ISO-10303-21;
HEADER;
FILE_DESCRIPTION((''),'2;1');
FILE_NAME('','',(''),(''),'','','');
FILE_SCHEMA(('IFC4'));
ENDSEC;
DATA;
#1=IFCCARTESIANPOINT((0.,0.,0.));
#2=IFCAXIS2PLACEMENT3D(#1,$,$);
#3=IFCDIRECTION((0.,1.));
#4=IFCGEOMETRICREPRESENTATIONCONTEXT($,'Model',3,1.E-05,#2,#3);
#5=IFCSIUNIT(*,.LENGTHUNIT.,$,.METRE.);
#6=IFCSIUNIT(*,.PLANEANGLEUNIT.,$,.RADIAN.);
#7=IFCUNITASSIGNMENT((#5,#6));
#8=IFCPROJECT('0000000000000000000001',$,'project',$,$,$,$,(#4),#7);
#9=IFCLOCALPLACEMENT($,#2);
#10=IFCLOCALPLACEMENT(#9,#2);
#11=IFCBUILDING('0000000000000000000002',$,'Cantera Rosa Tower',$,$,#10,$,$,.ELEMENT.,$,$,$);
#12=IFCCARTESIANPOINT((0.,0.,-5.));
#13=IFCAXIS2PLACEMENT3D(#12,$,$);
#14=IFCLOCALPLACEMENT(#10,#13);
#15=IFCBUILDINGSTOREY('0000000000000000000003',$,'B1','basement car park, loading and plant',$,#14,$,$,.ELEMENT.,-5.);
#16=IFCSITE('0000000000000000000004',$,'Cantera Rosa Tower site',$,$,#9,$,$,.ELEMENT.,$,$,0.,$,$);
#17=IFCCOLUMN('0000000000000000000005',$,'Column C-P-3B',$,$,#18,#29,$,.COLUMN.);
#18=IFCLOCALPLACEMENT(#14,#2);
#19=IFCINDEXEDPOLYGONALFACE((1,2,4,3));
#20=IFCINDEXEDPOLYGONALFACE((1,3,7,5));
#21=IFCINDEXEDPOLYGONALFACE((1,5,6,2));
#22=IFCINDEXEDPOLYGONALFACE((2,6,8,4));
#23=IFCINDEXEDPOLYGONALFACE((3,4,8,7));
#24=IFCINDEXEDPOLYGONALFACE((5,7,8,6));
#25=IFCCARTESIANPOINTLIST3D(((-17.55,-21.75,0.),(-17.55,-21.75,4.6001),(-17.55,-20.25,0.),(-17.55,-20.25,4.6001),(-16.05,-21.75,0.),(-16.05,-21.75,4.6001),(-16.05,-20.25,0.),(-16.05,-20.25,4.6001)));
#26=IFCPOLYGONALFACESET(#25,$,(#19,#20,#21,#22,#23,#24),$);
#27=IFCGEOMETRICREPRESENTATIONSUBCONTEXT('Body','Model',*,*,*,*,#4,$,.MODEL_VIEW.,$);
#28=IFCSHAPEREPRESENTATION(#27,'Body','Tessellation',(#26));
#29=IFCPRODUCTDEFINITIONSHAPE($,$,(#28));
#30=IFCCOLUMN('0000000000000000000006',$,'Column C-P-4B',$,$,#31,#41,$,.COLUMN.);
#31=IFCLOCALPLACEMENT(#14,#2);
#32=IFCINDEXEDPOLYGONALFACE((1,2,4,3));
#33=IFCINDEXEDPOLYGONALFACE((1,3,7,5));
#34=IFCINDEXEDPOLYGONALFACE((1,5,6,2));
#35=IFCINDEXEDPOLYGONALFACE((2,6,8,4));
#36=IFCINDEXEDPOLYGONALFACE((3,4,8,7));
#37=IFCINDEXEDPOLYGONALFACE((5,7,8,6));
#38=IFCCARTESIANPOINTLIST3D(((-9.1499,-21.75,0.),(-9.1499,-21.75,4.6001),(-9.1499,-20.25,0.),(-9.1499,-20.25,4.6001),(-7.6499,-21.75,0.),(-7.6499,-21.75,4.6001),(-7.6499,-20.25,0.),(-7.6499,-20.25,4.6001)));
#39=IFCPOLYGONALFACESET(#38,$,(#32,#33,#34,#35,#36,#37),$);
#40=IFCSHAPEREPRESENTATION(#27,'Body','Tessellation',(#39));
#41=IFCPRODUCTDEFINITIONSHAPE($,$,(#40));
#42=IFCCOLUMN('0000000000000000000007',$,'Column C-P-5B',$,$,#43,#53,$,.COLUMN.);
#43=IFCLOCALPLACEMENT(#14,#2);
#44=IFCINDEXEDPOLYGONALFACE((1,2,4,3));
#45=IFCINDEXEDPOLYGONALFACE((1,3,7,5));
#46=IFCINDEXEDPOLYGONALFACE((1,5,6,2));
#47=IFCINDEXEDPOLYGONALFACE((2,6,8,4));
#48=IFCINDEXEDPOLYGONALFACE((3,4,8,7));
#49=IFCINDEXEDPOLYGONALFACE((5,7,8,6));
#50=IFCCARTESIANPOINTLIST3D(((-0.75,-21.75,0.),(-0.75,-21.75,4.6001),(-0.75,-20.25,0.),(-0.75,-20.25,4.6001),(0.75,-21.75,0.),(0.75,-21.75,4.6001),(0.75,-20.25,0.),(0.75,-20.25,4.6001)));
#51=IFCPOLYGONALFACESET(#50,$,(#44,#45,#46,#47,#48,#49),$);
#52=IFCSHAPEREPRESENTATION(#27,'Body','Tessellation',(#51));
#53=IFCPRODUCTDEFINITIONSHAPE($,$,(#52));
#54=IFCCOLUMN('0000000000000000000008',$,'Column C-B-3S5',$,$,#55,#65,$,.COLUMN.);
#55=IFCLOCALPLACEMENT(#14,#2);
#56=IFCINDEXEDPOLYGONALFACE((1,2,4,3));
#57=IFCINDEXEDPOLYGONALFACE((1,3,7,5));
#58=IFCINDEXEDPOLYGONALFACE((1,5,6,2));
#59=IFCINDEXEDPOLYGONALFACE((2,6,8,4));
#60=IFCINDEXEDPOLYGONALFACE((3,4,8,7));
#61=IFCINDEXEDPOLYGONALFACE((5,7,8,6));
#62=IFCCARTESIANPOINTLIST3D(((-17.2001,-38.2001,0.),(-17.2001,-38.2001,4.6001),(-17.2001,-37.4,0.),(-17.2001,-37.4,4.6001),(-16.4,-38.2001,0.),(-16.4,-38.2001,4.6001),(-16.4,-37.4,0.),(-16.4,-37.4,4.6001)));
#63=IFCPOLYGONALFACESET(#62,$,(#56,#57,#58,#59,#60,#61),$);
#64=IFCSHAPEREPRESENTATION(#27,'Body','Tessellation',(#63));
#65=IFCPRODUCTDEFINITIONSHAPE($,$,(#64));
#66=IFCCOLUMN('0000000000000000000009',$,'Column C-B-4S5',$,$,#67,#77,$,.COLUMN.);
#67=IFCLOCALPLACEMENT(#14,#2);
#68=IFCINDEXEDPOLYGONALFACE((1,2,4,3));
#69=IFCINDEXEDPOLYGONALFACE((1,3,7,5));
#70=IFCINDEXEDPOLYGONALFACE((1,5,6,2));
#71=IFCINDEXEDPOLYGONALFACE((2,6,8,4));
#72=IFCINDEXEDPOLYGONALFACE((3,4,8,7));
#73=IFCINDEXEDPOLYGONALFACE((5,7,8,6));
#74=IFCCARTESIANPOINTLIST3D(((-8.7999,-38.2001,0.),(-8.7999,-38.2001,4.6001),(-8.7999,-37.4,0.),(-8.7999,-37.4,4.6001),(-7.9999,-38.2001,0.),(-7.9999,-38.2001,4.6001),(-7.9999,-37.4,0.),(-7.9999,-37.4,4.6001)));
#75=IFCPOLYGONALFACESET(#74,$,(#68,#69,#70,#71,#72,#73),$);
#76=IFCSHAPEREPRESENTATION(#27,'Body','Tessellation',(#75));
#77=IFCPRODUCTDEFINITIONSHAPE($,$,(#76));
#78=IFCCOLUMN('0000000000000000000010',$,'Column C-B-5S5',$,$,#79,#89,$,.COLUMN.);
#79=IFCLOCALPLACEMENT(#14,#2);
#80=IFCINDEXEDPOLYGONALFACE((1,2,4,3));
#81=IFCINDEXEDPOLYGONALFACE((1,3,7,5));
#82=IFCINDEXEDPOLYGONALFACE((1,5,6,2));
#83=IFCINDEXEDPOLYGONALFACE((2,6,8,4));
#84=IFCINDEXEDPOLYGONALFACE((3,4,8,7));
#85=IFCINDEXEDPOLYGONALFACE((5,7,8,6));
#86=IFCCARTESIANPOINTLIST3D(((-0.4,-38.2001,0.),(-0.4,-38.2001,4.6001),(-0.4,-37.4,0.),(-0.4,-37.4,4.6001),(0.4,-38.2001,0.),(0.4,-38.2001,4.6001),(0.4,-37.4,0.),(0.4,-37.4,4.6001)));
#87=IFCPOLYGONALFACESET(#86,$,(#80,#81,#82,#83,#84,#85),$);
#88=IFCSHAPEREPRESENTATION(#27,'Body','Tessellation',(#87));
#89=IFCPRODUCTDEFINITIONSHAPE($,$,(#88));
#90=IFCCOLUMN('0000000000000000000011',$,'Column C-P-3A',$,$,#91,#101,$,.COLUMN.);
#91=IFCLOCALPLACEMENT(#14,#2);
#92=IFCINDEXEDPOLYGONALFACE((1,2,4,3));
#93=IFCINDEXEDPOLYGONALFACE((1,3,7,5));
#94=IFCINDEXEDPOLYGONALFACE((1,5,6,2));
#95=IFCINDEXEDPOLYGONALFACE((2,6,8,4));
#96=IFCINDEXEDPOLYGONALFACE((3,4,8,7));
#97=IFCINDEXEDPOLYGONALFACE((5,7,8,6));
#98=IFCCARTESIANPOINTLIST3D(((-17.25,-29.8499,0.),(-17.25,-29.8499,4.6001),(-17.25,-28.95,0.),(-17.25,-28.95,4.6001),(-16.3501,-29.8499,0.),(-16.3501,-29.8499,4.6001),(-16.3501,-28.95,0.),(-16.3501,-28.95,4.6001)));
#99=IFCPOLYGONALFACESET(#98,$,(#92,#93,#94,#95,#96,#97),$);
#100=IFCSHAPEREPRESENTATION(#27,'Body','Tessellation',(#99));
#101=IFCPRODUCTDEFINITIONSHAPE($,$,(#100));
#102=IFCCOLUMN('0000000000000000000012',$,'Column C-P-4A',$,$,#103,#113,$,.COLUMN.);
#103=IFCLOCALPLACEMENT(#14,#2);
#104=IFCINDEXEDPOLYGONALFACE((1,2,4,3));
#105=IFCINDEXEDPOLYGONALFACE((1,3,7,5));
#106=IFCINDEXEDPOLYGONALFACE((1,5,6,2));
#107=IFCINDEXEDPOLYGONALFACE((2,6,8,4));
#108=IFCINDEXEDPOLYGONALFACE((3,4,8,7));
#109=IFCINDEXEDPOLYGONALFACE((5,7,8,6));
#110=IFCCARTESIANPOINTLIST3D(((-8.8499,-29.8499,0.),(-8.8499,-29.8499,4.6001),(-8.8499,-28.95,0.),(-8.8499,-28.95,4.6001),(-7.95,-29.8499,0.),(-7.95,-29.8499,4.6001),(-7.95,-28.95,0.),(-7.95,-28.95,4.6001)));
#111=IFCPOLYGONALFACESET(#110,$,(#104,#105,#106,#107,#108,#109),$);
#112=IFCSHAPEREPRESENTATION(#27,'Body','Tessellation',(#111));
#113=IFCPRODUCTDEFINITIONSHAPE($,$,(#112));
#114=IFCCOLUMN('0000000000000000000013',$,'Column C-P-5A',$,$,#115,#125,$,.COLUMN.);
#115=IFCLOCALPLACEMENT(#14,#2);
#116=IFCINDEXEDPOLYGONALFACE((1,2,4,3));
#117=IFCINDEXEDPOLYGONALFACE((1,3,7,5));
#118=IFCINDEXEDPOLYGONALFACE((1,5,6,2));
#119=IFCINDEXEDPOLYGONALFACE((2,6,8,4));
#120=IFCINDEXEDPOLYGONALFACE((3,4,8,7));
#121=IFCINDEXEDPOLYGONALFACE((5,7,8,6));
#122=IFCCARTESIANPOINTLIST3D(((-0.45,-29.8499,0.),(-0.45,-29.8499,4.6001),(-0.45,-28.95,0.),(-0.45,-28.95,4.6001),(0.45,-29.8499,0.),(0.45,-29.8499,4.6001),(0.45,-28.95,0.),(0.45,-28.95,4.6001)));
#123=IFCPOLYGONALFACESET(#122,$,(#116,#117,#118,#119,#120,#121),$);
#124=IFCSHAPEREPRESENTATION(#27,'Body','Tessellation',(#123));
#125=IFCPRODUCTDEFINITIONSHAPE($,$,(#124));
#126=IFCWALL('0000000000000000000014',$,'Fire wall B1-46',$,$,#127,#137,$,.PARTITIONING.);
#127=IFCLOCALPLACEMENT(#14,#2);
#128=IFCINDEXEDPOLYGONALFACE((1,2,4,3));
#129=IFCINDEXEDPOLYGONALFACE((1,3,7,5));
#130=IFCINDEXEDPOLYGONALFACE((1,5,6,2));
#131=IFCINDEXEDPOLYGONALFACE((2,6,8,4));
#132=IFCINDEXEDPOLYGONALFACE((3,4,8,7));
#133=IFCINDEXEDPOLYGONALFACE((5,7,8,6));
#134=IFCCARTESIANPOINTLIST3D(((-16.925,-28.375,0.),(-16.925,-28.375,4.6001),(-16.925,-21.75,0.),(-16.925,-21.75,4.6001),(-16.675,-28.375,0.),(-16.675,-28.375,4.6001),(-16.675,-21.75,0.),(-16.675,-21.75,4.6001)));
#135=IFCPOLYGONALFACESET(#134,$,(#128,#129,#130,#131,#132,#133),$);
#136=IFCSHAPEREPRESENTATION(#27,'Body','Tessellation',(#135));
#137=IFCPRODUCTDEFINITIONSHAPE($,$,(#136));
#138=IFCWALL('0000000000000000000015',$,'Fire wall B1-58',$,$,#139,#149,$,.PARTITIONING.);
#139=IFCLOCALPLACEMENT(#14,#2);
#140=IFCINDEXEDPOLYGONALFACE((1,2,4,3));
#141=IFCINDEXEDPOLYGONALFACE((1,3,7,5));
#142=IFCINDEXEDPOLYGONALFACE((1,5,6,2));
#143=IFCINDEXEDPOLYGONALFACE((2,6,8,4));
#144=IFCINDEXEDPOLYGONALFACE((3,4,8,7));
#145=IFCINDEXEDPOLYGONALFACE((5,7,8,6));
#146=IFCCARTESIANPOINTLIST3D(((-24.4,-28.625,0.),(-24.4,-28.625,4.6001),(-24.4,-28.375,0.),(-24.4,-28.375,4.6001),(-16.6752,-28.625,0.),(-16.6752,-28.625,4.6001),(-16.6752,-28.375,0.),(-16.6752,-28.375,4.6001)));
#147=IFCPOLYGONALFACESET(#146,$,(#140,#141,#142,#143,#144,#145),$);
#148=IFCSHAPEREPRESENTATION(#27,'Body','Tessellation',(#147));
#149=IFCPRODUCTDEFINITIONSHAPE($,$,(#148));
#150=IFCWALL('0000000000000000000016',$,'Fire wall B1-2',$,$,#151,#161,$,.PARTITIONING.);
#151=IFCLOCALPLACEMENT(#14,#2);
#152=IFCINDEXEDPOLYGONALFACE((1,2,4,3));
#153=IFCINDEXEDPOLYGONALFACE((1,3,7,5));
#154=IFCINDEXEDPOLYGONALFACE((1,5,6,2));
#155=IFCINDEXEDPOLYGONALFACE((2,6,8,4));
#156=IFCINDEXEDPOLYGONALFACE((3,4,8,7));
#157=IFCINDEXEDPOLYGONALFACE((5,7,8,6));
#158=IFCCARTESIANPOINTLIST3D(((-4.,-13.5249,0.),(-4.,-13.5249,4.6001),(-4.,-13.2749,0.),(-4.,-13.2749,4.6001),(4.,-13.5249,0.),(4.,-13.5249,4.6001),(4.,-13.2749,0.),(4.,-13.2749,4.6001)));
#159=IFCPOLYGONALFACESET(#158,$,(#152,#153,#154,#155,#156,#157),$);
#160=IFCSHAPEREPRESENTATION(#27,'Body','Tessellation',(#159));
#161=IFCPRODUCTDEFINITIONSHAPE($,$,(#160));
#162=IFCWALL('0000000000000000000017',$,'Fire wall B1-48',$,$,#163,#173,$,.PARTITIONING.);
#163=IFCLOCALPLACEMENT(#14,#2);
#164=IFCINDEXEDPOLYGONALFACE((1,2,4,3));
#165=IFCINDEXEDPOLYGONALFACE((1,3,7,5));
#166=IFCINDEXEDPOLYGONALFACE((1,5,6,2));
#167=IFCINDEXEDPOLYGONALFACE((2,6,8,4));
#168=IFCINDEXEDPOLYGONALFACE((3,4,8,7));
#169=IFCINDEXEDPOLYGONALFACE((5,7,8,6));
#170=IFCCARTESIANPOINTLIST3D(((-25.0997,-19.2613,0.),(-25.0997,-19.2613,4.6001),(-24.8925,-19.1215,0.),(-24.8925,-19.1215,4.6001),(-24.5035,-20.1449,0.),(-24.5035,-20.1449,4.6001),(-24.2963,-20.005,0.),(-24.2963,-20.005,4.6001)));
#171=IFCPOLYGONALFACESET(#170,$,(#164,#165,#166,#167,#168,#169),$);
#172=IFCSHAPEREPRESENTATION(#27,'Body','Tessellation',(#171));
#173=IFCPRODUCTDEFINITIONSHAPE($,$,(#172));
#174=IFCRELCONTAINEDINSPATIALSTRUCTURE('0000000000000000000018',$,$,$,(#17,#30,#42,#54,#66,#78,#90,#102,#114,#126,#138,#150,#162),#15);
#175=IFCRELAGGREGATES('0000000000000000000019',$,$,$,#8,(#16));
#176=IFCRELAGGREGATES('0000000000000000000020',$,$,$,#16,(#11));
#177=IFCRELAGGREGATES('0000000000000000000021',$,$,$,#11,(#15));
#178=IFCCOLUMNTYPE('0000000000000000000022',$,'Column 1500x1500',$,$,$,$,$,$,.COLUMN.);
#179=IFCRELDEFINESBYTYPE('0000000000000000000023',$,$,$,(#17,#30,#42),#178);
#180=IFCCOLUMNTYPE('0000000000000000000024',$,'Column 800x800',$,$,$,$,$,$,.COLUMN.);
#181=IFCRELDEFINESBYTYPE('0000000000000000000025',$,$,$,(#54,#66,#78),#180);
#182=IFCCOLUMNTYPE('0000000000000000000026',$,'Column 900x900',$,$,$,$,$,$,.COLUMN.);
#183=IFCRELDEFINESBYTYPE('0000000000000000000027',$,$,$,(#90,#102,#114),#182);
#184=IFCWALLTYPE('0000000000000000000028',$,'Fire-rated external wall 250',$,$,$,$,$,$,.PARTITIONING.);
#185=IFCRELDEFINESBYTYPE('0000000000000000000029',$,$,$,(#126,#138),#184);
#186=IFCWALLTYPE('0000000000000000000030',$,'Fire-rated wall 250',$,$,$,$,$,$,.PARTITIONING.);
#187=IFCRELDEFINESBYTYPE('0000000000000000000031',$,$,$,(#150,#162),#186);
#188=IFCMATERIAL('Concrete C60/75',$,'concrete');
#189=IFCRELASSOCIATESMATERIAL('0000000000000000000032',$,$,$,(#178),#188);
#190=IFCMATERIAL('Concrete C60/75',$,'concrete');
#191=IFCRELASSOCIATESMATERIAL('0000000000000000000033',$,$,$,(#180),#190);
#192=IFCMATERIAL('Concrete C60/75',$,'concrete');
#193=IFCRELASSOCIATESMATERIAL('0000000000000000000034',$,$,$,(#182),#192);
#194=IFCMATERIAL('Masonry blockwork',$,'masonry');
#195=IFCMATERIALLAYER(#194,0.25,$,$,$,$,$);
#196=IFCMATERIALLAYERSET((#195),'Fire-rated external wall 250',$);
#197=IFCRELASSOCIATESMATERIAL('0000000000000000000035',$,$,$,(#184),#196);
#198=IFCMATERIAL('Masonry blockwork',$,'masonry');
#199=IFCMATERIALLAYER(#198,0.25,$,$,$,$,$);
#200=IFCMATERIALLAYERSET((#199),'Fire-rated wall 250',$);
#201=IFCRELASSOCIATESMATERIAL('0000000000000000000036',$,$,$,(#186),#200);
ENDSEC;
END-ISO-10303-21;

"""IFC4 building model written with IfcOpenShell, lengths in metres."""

from ifc_helpers import new_model, si_unit, direction, frame, frame_2d, origin, origin_2d, place, context, subcontext, project, spatial, rectangle, extrude, material, layer, layer_set, material_profile, profile_set, type_object, element, save


model = new_model("IFC4")

# Units and contexts
model_context = context("Model", 3, precision=1e-05, world=origin(), true_north=direction((0.0, 1.0)))
body_context = subcontext(model_context, "Body", "Model", "MODEL_VIEW")
ifc_project = project(units=[si_unit("LENGTHUNIT", "METRE"), si_unit("PLANEANGLEUNIT", "RADIAN")], contexts=[model_context])

# Site, building, storey
site_placement = place(None, origin())
site = spatial("IfcSite", under=ifc_project, at=site_placement, Name="Cantera Rosa Tower site", CompositionType="ELEMENT", RefElevation=0.0)
building_placement = place(site_placement, origin())
building = spatial("IfcBuilding", under=site, at=building_placement, Name="Cantera Rosa Tower", CompositionType="ELEMENT")
storey_placement = place(building_placement, frame((0.0, 0.0, -5.0)))
storey = spatial("IfcBuildingStorey", under=building, at=storey_placement, Name="B1", Description="basement car park, loading and plant", CompositionType="ELEMENT", Elevation=-5.0)

# Columns
ifc_material_1 = material(Name="Concrete C60/75", Category="concrete")
ifc_material_profile_1 = material_profile(ifc_material_1, rectangle(XDim=1.5, YDim=1.5, at=origin_2d()), Name="Column 1500x1500")
ifc_profile_set_1 = profile_set([ifc_material_profile_1], Name="Concrete C60/75")
column_type_1 = type_object("IfcColumnType", Name="Column 1500x1500", PredefinedType="COLUMN", material=ifc_profile_set_1)
for number, where, z_axis, x_axis, name in (
    (1, (-16.8, -21.0, 0.0), (0.0, 0.0, 1.0), (1.0, 0.0, 0.0), "Column C-P-3B"),
    (2, (-8.3999, -21.0, 0.0), (0.0, 0.0, 1.0), (1.0, 0.0, 0.0), "Column C-P-4B"),
    (3, (0.0, -21.0, 0.0), (0.0, 0.0, 1.0), (1.0, 0.0, 0.0), "Column C-P-5B"),
):
    element("IfcColumn", number, at=place(storey_placement, frame(where, z_axis=z_axis, x_axis=x_axis)), inside=storey, type_object=column_type_1, Name=name, PredefinedType="COLUMN", context=body_context, shape_type="SweptSolid", body=[
        extrude(rectangle(XDim=1.5, YDim=1.5, at=origin_2d()), origin(), (0.0, 0.0, 1.0), 4.6001),
    ])
ifc_material_2 = material(Name="Concrete C60/75", Category="concrete")
ifc_material_profile_2 = material_profile(ifc_material_2, rectangle(XDim=0.8, YDim=0.8, at=origin_2d()), Name="Column 800x800")
ifc_profile_set_2 = profile_set([ifc_material_profile_2], Name="Concrete C60/75")
column_type_2 = type_object("IfcColumnType", Name="Column 800x800", PredefinedType="COLUMN", material=ifc_profile_set_2)
for number, where, z_axis, x_axis, name in (
    (4, (-16.8, -37.8, 0.0), (0.0, 0.0, 1.0), (1.0, 0.0, 0.0), "Column C-B-3S5"),
    (5, (-8.3999, -37.8, 0.0), (0.0, 0.0, 1.0), (1.0, 0.0, 0.0), "Column C-B-4S5"),
    (6, (0.0, -37.8, 0.0), (0.0, 0.0, 1.0), (1.0, 0.0, 0.0), "Column C-B-5S5"),
):
    element("IfcColumn", number, at=place(storey_placement, frame(where, z_axis=z_axis, x_axis=x_axis)), inside=storey, type_object=column_type_2, Name=name, PredefinedType="COLUMN", context=body_context, shape_type="SweptSolid", body=[
        extrude(rectangle(XDim=0.8, YDim=0.8, at=origin_2d()), origin(), (0.0, 0.0, 1.0), 4.6001),
    ])
ifc_material_3 = material(Name="Concrete C60/75", Category="concrete")
ifc_material_profile_3 = material_profile(ifc_material_3, rectangle(XDim=0.8999, YDim=0.8999, at=origin_2d()), Name="Column 900x900")
ifc_profile_set_3 = profile_set([ifc_material_profile_3], Name="Concrete C60/75")
column_type_3 = type_object("IfcColumnType", Name="Column 900x900", PredefinedType="COLUMN", material=ifc_profile_set_3)
for number, where, z_axis, x_axis, name in (
    (7, (-16.8, -29.3999, 0.0), (0.0, 0.0, 1.0), (1.0, 0.0, 0.0), "Column C-P-3A"),
    (8, (-8.3999, -29.3999, 0.0), (0.0, 0.0, 1.0), (1.0, 0.0, 0.0), "Column C-P-4A"),
    (9, (0.0, -29.3999, 0.0), (0.0, 0.0, 1.0), (1.0, 0.0, 0.0), "Column C-P-5A"),
):
    element("IfcColumn", number, at=place(storey_placement, frame(where, z_axis=z_axis, x_axis=x_axis)), inside=storey, type_object=column_type_3, Name=name, PredefinedType="COLUMN", context=body_context, shape_type="SweptSolid", body=[
        extrude(rectangle(XDim=0.8999, YDim=0.8999, at=origin_2d()), origin(), (0.0, 0.0, 1.0), 4.6001),
    ])

# Walls
ifc_material_4 = material(Name="Masonry blockwork", Category="masonry")
ifc_layer_1 = layer(ifc_material_4, 0.25)
ifc_layer_set_1 = layer_set([ifc_layer_1], Name="Fire-rated external wall 250")
wall_type_1 = type_object("IfcWallType", Name="Fire-rated external wall 250", PredefinedType="PARTITIONING", material=ifc_layer_set_1)
wall_1_placement = place(storey_placement, frame((-16.8, -28.375, 0.0), z_axis=(0.0, 0.0, 1.0), x_axis=(0.0, 1.0, 0.0)))
element("IfcWall", 10, at=wall_1_placement, inside=storey, type_object=wall_type_1, Name="Fire wall B1-46", PredefinedType="PARTITIONING", context=body_context, shape_type="SweptSolid", body=[
    extrude(rectangle(XDim=6.625, YDim=0.25, at=frame_2d((3.3125, 0.0))), origin(), (0.0, 0.0, 1.0), 4.6001),
])
wall_2_placement = place(storey_placement, frame((-24.3999, -28.5, 0.0), z_axis=(0.0, 0.0, 1.0), x_axis=(1.0, 0.0, 0.0)))
element("IfcWall", 11, at=wall_2_placement, inside=storey, type_object=wall_type_1, Name="Fire wall B1-58", PredefinedType="PARTITIONING", context=body_context, shape_type="SweptSolid", body=[
    extrude(rectangle(XDim=7.7249, YDim=0.25, at=frame_2d((3.8623, 0.0))), origin(), (0.0, 0.0, 1.0), 4.6001),
])
ifc_material_5 = material(Name="Masonry blockwork", Category="masonry")
ifc_layer_2 = layer(ifc_material_5, 0.25)
ifc_layer_set_2 = layer_set([ifc_layer_2], Name="Fire-rated wall 250")
wall_type_2 = type_object("IfcWallType", Name="Fire-rated wall 250", PredefinedType="PARTITIONING", material=ifc_layer_set_2)
wall_3_placement = place(storey_placement, frame((-4.0, -13.3999, 0.0), z_axis=(0.0, 0.0, 1.0), x_axis=(1.0, 0.0, 0.0)))
element("IfcWall", 12, at=wall_3_placement, inside=storey, type_object=wall_type_2, Name="Fire wall B1-2", PredefinedType="PARTITIONING", context=body_context, shape_type="SweptSolid", body=[
    extrude(rectangle(XDim=8.0, YDim=0.25, at=frame_2d((4.0, 0.0))), origin(), (0.0, 0.0, 1.0), 4.6001),
])
wall_4_placement = place(storey_placement, frame((-24.3999, -20.075, 0.0), z_axis=(0.0, 0.0, 1.0), x_axis=(-0.559343, 0.828936, 0.0)))
element("IfcWall", 13, at=wall_4_placement, inside=storey, type_object=wall_type_2, Name="Fire wall B1-48", PredefinedType="PARTITIONING", context=body_context, shape_type="SweptSolid", body=[
    extrude(rectangle(XDim=1.0659, YDim=0.25, at=frame_2d((0.533, 0.0))), origin(), (0.0, 0.0, 1.0), 4.6001),
])

save(model, "model.ifc")
